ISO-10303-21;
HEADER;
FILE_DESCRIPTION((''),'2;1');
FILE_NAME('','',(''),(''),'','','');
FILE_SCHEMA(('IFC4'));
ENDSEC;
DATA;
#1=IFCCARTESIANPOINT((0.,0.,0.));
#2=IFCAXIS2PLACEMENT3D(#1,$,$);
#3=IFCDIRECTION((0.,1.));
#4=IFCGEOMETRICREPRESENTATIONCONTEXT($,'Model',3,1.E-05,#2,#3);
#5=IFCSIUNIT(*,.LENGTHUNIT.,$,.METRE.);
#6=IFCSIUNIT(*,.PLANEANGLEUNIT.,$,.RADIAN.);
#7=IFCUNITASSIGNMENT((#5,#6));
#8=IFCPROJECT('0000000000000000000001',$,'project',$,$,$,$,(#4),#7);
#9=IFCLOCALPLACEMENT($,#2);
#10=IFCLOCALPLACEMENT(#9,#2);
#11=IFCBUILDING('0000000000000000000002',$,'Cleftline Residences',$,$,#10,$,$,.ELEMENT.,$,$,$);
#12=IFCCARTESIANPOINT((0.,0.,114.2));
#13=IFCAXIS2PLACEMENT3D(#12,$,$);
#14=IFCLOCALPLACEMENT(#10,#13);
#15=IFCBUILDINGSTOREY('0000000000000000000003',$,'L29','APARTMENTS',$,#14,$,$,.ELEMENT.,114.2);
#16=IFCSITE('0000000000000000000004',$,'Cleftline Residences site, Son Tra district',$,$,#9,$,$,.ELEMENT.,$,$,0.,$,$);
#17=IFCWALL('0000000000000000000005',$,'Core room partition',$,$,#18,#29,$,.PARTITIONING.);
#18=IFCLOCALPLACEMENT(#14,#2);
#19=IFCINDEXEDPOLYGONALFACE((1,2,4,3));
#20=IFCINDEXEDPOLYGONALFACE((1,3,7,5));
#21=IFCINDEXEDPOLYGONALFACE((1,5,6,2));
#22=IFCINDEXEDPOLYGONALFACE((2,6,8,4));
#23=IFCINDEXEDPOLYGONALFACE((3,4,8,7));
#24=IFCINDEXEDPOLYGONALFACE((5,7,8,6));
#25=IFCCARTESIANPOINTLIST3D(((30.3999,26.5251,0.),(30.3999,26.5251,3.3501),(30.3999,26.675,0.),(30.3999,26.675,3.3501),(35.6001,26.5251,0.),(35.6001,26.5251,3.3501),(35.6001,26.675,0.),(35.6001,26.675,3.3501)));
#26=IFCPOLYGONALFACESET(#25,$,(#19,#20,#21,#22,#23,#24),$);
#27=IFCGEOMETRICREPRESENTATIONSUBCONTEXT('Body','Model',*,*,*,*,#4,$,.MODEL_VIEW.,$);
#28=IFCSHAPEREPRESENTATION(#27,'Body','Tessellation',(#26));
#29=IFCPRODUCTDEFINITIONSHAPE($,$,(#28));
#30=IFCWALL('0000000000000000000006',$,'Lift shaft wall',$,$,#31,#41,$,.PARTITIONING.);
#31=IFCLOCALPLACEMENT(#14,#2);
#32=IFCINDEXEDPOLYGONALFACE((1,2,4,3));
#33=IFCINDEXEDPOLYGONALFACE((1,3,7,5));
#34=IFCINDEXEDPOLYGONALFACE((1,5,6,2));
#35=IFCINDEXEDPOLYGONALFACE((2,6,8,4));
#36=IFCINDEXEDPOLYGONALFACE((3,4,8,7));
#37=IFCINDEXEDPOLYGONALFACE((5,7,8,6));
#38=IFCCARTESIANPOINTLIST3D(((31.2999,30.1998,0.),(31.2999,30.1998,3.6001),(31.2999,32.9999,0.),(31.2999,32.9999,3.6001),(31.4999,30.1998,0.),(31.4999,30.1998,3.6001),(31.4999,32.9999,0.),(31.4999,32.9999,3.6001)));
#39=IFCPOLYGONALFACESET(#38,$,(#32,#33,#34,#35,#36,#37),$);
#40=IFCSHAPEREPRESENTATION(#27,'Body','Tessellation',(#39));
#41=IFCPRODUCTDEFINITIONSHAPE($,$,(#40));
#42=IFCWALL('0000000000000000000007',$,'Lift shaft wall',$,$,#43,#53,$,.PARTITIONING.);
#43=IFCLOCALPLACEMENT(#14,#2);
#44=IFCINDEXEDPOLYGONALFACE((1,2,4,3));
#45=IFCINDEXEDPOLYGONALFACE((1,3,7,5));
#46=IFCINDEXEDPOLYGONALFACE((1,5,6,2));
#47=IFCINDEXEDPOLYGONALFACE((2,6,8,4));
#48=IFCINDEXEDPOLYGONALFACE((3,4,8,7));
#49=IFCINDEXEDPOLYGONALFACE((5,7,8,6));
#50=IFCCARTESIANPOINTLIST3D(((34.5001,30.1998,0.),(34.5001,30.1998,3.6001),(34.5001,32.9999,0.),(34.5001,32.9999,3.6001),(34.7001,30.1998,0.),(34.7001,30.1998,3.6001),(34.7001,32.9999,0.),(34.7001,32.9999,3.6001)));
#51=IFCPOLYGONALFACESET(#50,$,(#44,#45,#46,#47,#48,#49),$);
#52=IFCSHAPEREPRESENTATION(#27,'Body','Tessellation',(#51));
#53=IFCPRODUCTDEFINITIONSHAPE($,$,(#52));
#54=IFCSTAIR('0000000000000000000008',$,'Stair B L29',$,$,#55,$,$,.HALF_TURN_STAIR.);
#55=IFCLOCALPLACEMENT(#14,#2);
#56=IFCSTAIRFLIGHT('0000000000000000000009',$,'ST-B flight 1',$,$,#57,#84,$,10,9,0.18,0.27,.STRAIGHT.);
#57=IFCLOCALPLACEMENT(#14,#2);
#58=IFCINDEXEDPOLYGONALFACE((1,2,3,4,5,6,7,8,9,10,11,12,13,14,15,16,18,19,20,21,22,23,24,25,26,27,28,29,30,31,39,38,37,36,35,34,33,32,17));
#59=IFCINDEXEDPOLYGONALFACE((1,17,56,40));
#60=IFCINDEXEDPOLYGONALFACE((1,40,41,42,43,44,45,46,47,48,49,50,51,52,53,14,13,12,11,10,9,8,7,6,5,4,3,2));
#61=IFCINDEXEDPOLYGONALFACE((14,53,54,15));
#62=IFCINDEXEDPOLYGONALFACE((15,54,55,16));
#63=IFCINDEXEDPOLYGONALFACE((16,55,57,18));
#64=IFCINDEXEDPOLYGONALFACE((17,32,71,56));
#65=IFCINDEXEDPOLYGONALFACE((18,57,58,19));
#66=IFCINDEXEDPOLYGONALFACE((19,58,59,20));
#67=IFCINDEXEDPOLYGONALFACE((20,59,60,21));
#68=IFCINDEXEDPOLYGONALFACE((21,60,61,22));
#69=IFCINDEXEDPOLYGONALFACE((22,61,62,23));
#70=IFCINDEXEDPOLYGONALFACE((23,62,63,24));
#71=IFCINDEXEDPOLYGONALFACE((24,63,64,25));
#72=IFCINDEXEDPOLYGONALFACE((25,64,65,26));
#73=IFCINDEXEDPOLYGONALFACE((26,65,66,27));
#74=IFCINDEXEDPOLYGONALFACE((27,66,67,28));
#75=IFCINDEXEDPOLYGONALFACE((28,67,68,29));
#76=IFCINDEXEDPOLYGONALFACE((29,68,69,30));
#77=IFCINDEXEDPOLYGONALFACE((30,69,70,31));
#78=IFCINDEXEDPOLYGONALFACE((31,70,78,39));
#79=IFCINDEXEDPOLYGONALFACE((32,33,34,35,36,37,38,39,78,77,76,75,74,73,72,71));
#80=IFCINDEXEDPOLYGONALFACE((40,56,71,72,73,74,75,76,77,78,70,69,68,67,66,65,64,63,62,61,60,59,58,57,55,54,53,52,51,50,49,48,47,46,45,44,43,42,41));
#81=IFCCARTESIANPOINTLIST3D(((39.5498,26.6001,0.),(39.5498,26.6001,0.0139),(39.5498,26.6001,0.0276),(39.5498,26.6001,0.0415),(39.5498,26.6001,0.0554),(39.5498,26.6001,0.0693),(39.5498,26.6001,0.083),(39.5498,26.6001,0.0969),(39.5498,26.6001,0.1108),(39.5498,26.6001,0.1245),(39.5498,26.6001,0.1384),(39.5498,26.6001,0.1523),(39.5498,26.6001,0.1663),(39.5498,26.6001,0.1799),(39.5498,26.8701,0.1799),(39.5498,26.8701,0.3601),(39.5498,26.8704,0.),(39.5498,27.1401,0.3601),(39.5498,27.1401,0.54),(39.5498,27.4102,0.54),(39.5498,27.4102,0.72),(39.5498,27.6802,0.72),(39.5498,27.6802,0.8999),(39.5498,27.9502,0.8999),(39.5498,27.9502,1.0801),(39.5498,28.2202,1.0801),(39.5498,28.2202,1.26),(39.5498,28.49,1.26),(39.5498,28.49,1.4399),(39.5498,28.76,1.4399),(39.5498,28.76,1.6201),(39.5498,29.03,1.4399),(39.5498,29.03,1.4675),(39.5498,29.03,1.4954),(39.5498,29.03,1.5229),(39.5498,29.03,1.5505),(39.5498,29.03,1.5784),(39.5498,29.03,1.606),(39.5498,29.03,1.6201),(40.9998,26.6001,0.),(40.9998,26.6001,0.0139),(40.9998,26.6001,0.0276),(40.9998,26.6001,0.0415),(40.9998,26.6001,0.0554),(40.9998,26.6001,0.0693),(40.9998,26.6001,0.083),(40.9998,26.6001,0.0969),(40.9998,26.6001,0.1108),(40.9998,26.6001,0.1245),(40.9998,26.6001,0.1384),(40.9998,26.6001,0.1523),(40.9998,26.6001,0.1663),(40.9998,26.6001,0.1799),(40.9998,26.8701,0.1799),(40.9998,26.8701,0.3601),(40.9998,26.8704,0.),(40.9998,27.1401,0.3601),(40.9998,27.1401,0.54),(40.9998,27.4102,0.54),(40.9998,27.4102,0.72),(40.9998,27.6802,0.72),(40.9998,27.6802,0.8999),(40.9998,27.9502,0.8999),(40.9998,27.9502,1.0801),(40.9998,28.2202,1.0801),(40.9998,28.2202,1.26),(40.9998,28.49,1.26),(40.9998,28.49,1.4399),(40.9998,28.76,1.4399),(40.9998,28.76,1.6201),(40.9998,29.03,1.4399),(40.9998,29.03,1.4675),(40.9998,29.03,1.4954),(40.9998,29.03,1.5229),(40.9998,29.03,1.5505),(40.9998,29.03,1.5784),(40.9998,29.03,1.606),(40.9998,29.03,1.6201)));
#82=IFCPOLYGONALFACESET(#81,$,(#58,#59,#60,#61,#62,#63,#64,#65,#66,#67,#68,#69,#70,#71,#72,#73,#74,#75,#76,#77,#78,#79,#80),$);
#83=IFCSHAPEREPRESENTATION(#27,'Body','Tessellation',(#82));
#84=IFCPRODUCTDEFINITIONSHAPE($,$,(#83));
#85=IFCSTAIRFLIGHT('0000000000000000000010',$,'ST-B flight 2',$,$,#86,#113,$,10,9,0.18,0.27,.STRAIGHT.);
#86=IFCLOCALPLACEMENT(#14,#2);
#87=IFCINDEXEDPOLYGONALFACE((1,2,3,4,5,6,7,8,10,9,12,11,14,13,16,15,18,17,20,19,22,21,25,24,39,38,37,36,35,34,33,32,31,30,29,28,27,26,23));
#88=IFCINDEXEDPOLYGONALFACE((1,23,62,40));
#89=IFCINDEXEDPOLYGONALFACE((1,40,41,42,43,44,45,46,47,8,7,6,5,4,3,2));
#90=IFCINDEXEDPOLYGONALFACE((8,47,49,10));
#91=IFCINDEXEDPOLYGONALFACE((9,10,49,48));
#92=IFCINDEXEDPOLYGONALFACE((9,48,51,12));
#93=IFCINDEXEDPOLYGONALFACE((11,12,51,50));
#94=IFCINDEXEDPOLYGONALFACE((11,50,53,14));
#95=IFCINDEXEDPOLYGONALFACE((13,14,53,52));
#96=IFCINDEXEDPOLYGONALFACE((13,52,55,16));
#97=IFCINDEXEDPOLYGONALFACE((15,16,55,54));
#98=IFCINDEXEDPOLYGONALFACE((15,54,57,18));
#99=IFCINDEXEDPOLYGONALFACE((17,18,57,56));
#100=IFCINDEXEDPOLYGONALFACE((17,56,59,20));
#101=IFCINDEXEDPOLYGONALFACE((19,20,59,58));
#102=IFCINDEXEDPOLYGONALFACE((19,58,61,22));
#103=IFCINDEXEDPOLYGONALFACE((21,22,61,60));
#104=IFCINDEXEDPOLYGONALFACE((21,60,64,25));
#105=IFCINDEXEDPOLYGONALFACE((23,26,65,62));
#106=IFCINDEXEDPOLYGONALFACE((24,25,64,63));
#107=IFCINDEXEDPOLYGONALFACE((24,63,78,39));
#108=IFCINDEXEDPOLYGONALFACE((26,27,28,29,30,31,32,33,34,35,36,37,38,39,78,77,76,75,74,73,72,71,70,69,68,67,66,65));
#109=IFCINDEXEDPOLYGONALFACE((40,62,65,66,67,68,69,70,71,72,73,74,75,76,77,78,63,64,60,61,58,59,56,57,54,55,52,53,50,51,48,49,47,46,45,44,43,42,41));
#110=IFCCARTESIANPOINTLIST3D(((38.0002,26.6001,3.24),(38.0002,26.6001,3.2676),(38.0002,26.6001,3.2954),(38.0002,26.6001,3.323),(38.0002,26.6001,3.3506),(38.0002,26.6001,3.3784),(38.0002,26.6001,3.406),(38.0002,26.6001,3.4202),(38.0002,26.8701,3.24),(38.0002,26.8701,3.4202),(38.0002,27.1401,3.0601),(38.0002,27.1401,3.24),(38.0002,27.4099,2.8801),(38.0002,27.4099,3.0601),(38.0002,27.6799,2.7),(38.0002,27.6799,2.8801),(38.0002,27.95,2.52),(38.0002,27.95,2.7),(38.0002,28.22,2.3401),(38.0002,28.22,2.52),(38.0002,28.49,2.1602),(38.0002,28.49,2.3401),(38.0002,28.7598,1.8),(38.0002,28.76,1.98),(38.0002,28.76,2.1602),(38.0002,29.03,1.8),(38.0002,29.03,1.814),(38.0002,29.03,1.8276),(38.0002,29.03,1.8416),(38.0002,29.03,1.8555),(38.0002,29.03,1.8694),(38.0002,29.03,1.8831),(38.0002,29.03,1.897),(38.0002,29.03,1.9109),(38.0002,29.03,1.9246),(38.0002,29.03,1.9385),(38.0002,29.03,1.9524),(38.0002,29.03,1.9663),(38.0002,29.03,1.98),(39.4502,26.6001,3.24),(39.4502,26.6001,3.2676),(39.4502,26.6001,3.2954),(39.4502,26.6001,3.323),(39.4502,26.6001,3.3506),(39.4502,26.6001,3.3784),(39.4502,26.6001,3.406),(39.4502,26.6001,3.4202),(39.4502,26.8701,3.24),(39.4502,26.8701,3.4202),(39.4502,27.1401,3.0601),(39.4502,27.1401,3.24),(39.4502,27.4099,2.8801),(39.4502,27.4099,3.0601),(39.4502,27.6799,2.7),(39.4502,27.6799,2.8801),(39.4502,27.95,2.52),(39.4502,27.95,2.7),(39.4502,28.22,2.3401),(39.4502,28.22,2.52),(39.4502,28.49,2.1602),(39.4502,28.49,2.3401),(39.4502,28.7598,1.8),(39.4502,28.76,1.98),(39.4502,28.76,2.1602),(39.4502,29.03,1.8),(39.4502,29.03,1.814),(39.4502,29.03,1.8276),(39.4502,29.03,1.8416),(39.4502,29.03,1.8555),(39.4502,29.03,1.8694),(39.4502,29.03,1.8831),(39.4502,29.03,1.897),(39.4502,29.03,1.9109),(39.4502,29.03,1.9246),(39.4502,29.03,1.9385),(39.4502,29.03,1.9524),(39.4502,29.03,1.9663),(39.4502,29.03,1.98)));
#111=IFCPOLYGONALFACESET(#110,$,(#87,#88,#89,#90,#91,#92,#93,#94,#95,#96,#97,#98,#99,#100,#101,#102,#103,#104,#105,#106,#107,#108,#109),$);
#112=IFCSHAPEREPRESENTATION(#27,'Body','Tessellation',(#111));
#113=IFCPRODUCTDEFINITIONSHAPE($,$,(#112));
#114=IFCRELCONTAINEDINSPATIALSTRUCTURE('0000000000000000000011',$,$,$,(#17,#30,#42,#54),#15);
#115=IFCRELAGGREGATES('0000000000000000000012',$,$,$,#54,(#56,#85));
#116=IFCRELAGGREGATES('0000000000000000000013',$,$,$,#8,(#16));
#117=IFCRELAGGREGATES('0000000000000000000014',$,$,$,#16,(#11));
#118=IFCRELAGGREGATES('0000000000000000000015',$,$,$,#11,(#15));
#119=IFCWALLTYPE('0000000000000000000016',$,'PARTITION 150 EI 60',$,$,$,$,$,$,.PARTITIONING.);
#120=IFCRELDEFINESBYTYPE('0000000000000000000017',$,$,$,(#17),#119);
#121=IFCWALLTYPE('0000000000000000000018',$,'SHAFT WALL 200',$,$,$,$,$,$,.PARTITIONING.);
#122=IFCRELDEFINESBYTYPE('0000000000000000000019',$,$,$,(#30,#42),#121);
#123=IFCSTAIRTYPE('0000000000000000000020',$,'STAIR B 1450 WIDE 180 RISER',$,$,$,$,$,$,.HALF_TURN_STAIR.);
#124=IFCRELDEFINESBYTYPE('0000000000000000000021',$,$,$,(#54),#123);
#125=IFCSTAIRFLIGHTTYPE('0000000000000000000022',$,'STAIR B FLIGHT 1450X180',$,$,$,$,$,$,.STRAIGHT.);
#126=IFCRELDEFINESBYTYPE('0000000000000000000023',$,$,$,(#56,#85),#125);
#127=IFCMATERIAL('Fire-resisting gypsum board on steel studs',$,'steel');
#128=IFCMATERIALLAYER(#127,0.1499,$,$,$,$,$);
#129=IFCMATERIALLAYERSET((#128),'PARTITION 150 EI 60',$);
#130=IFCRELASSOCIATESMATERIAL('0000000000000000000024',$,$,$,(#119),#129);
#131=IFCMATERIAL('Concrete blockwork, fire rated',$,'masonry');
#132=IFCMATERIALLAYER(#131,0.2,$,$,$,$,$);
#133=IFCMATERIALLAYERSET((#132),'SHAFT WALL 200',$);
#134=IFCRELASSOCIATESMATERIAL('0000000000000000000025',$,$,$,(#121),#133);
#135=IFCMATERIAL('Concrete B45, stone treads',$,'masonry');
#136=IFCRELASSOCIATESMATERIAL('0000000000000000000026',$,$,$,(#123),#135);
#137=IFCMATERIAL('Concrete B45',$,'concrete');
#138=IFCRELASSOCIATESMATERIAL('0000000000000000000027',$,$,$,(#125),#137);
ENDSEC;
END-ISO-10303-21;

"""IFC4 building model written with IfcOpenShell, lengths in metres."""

from ifc_helpers import new_model, si_unit, direction, frame, frame_2d, origin, place, context, subcontext, project, spatial, polyline, rectangle, outline, extrude, material, layer, layer_set, type_object, element, aggregate, save


model = new_model("IFC4")

# Units and contexts
model_context = context("Model", 3, precision=1e-05, world=origin(), true_north=direction((0.0, 1.0)))
body_context = subcontext(model_context, "Body", "Model", "MODEL_VIEW")
ifc_project = project(units=[si_unit("LENGTHUNIT", "METRE"), si_unit("PLANEANGLEUNIT", "RADIAN")], contexts=[model_context])

# Site, building, storey
site_placement = place(None, origin())
site = spatial("IfcSite", under=ifc_project, at=site_placement, Name="Cleftline Residences site, Son Tra district", CompositionType="ELEMENT", RefElevation=0.0)
building_placement = place(site_placement, origin())
building = spatial("IfcBuilding", under=site, at=building_placement, Name="Cleftline Residences", CompositionType="ELEMENT")
storey_placement = place(building_placement, frame((0.0, 0.0, 114.2)))
storey = spatial("IfcBuildingStorey", under=building, at=storey_placement, Name="L29", Description="APARTMENTS", CompositionType="ELEMENT", Elevation=114.2)

# Walls
ifc_material_1 = material(Name="Fire-resisting gypsum board on steel studs", Category="steel")
ifc_layer_1 = layer(ifc_material_1, 0.1499)
ifc_layer_set_1 = layer_set([ifc_layer_1], Name="PARTITION 150 EI 60")
wall_type_1 = type_object("IfcWallType", Name="PARTITION 150 EI 60", PredefinedType="PARTITIONING", material=ifc_layer_set_1)
wall_1_placement = place(storey_placement, frame((30.3999, 26.6001, 0.0), z_axis=(0.0, 0.0, 1.0), x_axis=(1.0, 0.0, 0.0)))
element("IfcWall", 1, at=wall_1_placement, inside=storey, type_object=wall_type_1, Name="Core room partition", PredefinedType="PARTITIONING", context=body_context, shape_type="SweptSolid", body=[
    extrude(rectangle(XDim=5.2002, YDim=0.1499, at=frame_2d((2.6001, 0.0))), origin(), (0.0, 0.0, 1.0), 3.3501),
])
ifc_material_2 = material(Name="Concrete blockwork, fire rated", Category="masonry")
ifc_layer_2 = layer(ifc_material_2, 0.2)
ifc_layer_set_2 = layer_set([ifc_layer_2], Name="SHAFT WALL 200")
wall_type_2 = type_object("IfcWallType", Name="SHAFT WALL 200", PredefinedType="PARTITIONING", material=ifc_layer_set_2)
for number, where, z_axis, x_axis, name in (
    (2, (31.3999, 30.2, 0.0), (0.0, 0.0, 1.0), (0.0, 1.0, 0.0), "Lift shaft wall"),
    (3, (34.6001, 30.2, 0.0), (0.0, 0.0, 1.0), (0.0, 1.0, 0.0), "Lift shaft wall"),
):
    element("IfcWall", number, at=place(storey_placement, frame(where, z_axis=z_axis, x_axis=x_axis)), inside=storey, type_object=wall_type_2, Name=name, PredefinedType="PARTITIONING", context=body_context, shape_type="SweptSolid", body=[
        extrude(rectangle(XDim=2.8, YDim=0.2, at=frame_2d((1.3999, 0.0))), origin(), (0.0, 0.0, 1.0), 3.6001),
    ])

# Stair, stair flights
ifc_material_3 = material(Name="Concrete B45, stone treads", Category="masonry")
stair_type = type_object("IfcStairType", Name="STAIR B 1450 WIDE 180 RISER", PredefinedType="HALF_TURN_STAIR", material=ifc_material_3)
stair_placement = place(storey_placement, origin())
stair = element("IfcStair", 4, at=stair_placement, inside=storey, type_object=stair_type, Name="Stair B L29", PredefinedType="HALF_TURN_STAIR")
ifc_material_4 = material(Name="Concrete B45", Category="concrete")
stair_flight_type = type_object("IfcStairFlightType", Name="STAIR B FLIGHT 1450X180", PredefinedType="STRAIGHT", material=ifc_material_4)
stair_flight_1_placement = place(storey_placement, frame((40.2749, 26.6001, 0.0), z_axis=(0.0, 0.0, 1.0), x_axis=(0.0, 1.0, 0.0)))
stair_flight_1 = element("IfcStairFlight", 5, at=stair_flight_1_placement, type_object=stair_flight_type, Name="ST-B flight 1", NumberOfRisers=10, NumberOfTreads=9, PredefinedType="STRAIGHT", RiserHeight=0.18, TreadLength=0.27, context=body_context, shape_type="SweptSolid", body=[
    extrude(outline(polyline([(0.0, 0.0), (0.0, 0.0139), (0.0, 0.0276), (0.0, 0.0415), (0.0, 0.0554), (0.0, 0.0693), (0.0, 0.083), (0.0, 0.0969), (0.0, 0.1108), (0.0, 0.1245), (0.0, 0.1384), (0.0, 0.1523), (0.0, 0.1663), (0.0, 0.1799), (0.27, 0.1799), (0.27, 0.3601), (0.54, 0.3601), (0.54, 0.54), (0.8101, 0.54), (0.8101, 0.72), (1.0801, 0.72), (1.0801, 0.8999), (1.3501, 0.8999), (1.3501, 1.0801), (1.6201, 1.0801), (1.6201, 1.26), (1.8899, 1.26), (1.8899, 1.4399), (2.1599, 1.4399), (2.1599, 1.6201), (2.4299, 1.6201), (2.4299, 1.8), (2.4299, 1.7722), (2.4299, 1.7446), (2.4299, 1.7168), (2.4299, 1.6892), (2.4299, 1.6614), (2.4299, 1.6338), (2.4299, 1.606), (2.4299, 1.5784), (2.4299, 1.5505), (2.4299, 1.5229), (2.4299, 1.4954), (2.4299, 1.4675), (2.4299, 1.4399), (0.2703, 0.0), (0.0, 0.0)])), frame((0.0, 0.7251, 0.0), z_axis=(0.0, -1.0, 0.0), x_axis=(1.0, 0.0, 0.0)), (0.0, 0.0, 1.0), 1.45),
])
stair_flight_2_placement = place(storey_placement, frame((38.7251, 29.03, 1.8), z_axis=(0.0, 0.0, 1.0), x_axis=(0.0, -1.0, 0.0)))
stair_flight_2 = element("IfcStairFlight", 6, at=stair_flight_2_placement, type_object=stair_flight_type, Name="ST-B flight 2", NumberOfRisers=10, NumberOfTreads=9, PredefinedType="STRAIGHT", RiserHeight=0.18, TreadLength=0.27, context=body_context, shape_type="SweptSolid", body=[
    extrude(outline(polyline([(0.0, 0.0), (0.0, 0.0139), (0.0, 0.0276), (0.0, 0.0415), (0.0, 0.0554), (0.0, 0.0693), (0.0, 0.083), (0.0, 0.0969), (0.0, 0.1108), (0.0, 0.1245), (0.0, 0.1384), (0.0, 0.1523), (0.0, 0.1663), (0.0, 0.1799), (0.27, 0.1799), (0.27, 0.3601), (0.54, 0.3601), (0.54, 0.54), (0.8101, 0.54), (0.8101, 0.72), (1.0801, 0.72), (1.0801, 0.8999), (1.3501, 0.8999), (1.3501, 1.0801), (1.6201, 1.0801), (1.6201, 1.26), (1.8899, 1.26), (1.8899, 1.4399), (2.1599, 1.4399), (2.1599, 1.6201), (2.4299, 1.6201), (2.4299, 1.8), (2.4299, 1.7722), (2.4299, 1.7446), (2.4299, 1.7168), (2.4299, 1.6892), (2.4299, 1.6614), (2.4299, 1.6338), (2.4299, 1.606), (2.4299, 1.5784), (2.4299, 1.5505), (2.4299, 1.5229), (2.4299, 1.4954), (2.4299, 1.4675), (2.4299, 1.4399), (0.2703, 0.0), (0.0, 0.0)])), frame((0.0, 0.7251, 0.0), z_axis=(0.0, -1.0, 0.0), x_axis=(1.0, 0.0, 0.0)), (0.0, 0.0, 1.0), 1.45),
])
aggregate(stair, [stair_flight_1, stair_flight_2])

save(model, "model.ifc")
